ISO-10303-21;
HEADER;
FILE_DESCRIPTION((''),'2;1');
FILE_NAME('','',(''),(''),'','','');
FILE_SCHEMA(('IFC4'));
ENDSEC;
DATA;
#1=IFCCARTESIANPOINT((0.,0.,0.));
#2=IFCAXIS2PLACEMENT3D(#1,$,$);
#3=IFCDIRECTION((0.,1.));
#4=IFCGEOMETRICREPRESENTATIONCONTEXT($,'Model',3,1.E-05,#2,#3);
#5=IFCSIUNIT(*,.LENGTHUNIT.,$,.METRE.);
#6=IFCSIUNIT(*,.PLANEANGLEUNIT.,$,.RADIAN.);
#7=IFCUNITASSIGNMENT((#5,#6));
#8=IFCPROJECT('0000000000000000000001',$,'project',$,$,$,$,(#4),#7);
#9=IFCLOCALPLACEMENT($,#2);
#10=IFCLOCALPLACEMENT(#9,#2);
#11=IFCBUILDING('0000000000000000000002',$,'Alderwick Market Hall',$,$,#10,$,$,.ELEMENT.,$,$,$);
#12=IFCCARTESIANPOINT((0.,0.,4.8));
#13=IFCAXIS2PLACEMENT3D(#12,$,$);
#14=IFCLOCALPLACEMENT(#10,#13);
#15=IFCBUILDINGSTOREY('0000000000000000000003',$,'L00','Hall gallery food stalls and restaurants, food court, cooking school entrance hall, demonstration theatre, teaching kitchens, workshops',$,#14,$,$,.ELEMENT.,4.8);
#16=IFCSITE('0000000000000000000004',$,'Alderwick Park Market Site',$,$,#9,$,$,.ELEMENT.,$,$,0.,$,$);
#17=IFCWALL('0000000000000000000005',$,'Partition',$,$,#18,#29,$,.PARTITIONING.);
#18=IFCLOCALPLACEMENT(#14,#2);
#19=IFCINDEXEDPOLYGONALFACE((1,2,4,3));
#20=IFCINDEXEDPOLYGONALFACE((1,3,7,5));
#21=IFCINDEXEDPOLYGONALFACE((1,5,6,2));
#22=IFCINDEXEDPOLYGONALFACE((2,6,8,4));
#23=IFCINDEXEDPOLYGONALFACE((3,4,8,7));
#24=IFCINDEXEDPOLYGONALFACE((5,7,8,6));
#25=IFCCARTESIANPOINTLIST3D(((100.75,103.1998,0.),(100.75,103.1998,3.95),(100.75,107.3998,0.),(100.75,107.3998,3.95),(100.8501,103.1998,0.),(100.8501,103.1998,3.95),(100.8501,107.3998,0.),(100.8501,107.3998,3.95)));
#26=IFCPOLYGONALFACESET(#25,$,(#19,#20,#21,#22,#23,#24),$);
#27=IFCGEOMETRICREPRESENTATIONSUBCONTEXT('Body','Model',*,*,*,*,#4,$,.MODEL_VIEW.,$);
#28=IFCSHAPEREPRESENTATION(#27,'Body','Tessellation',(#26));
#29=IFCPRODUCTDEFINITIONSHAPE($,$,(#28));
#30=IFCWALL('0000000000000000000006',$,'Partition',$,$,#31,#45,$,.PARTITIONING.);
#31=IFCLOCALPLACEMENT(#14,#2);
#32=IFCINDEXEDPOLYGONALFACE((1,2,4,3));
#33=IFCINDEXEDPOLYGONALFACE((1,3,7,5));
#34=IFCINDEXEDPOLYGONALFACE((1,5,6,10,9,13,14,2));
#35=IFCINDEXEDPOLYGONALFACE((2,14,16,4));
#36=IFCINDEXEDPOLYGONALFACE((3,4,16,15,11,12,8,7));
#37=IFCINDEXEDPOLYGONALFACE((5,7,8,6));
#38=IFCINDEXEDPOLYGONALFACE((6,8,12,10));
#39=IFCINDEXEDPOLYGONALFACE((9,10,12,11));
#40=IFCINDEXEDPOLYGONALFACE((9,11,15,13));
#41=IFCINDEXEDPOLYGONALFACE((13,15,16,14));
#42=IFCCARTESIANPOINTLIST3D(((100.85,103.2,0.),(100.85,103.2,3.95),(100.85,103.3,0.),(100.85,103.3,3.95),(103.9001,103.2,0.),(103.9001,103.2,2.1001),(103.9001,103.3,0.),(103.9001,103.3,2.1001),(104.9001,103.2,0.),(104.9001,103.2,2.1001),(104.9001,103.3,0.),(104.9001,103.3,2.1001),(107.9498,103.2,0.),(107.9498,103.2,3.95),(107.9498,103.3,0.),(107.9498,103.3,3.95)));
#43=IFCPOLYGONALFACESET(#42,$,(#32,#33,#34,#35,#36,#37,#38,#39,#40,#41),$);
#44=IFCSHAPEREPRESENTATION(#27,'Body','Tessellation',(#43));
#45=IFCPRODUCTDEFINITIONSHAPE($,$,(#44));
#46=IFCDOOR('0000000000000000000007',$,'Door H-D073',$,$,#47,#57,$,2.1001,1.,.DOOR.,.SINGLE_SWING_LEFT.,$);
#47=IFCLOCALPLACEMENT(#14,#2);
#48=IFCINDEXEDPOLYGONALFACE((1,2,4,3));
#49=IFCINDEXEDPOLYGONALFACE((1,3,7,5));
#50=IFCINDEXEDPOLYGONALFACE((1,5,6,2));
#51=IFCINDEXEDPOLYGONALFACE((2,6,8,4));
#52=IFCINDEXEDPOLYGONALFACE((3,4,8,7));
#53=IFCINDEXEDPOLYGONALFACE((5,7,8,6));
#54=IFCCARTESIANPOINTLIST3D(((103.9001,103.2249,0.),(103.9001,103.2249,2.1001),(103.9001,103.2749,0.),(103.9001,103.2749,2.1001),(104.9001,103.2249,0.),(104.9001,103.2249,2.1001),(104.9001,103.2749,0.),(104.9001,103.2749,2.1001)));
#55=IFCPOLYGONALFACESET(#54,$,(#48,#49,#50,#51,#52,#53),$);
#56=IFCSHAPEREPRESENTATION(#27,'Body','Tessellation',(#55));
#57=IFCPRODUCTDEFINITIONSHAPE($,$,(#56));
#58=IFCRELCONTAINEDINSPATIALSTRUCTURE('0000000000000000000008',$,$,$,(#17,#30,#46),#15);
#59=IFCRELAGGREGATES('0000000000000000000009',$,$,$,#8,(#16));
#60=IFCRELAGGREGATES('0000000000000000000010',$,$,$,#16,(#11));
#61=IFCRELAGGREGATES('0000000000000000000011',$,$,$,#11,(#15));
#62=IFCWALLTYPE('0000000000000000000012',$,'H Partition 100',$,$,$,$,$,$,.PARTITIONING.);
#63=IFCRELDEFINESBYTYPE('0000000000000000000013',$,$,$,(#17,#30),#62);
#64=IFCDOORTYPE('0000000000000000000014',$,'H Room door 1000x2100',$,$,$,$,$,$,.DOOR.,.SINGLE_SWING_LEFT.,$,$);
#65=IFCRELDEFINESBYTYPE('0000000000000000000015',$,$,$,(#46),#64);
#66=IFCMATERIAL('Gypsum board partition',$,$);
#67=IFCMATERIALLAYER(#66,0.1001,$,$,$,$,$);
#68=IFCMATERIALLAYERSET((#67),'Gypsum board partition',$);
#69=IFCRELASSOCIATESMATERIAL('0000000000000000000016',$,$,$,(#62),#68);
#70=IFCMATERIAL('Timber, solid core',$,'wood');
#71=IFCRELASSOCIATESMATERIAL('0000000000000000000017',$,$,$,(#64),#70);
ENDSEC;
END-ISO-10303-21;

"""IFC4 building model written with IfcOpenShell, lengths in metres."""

from ifc_helpers import new_model, si_unit, direction, frame, frame_2d, origin, place, context, subcontext, project, spatial, rectangle, extrude, material, layer, layer_set, type_object, element, fill, save


model = new_model("IFC4")

# Units and contexts
model_context = context("Model", 3, precision=1e-05, world=origin(), true_north=direction((0.0, 1.0)))
body_context = subcontext(model_context, "Body", "Model", "MODEL_VIEW")
ifc_project = project(units=[si_unit("LENGTHUNIT", "METRE"), si_unit("PLANEANGLEUNIT", "RADIAN")], contexts=[model_context])

# Site, building, storey
site_placement = place(None, origin())
site = spatial("IfcSite", under=ifc_project, at=site_placement, Name="Alderwick Park Market Site", CompositionType="ELEMENT", RefElevation=0.0)
building_placement = place(site_placement, origin())
building = spatial("IfcBuilding", under=site, at=building_placement, Name="Alderwick Market Hall", CompositionType="ELEMENT")
storey_placement = place(building_placement, frame((0.0, 0.0, 4.8)))
storey = spatial("IfcBuildingStorey", under=building, at=storey_placement, Name="L00", Description="Hall gallery food stalls and restaurants, food court, cooking school entrance hall, demonstration theatre, teaching kitchens, workshops", CompositionType="ELEMENT", Elevation=4.8)

# Wall
ifc_material_1 = material(Name="Gypsum board partition")
ifc_layer_1 = layer(ifc_material_1, 0.1001)
ifc_layer_set_1 = layer_set([ifc_layer_1], Name="Gypsum board partition")
wall_type_1 = type_object("IfcWallType", Name="H Partition 100", PredefinedType="PARTITIONING", material=ifc_layer_set_1)
wall_1_placement = place(storey_placement, frame((100.8, 107.3999, 0.0), z_axis=(0.0, 0.0, 1.0), x_axis=(0.0, -1.0, 0.0)))
element("IfcWall", 1, at=wall_1_placement, inside=storey, type_object=wall_type_1, Name="Partition", PredefinedType="PARTITIONING", context=body_context, shape_type="SweptSolid", body=[
    extrude(rectangle(XDim=4.2, YDim=0.1001, at=frame_2d((2.1001, 0.0))), origin(), (0.0, 0.0, 1.0), 3.95),
])

# Wall, opening, door
wall_2_placement = place(storey_placement, frame((100.8501, 103.25, 0.0), z_axis=(0.0, 0.0, 1.0), x_axis=(1.0, 0.0, 0.0)))
wall_2 = element("IfcWall", 2, at=wall_2_placement, inside=storey, type_object=wall_type_1, Name="Partition", PredefinedType="PARTITIONING", context=body_context, shape_type="SweptSolid", body=[
    extrude(rectangle(XDim=7.0999, YDim=0.1001, at=frame_2d((3.5498, 0.0))), origin(), (0.0, 0.0, 1.0), 3.95),
])
opening_1_placement = place(wall_2_placement, frame((3.05, 0.0, 0.0)))
opening_1 = element("IfcOpeningElement", 3, at=opening_1_placement, cuts=wall_2, PredefinedType="OPENING", context=body_context, shape_type="SweptSolid", body=[
    extrude(rectangle(XDim=1.0, YDim=2.1001, at=frame_2d((0.5, 1.05))), frame((0.0, 0.0601, 0.0), z_axis=(0.0, -1.0, 0.0), x_axis=(1.0, 0.0, 0.0)), (0.0, 0.0, 1.0), 0.1201),
])
ifc_material_2 = material(Name="Timber, solid core", Category="wood")
door_type = type_object("IfcDoorType", Name="H Room door 1000x2100", OperationType="SINGLE_SWING_LEFT", PredefinedType="DOOR", material=ifc_material_2)
door_placement = place(opening_1_placement, origin())
door = element("IfcDoor", 4, at=door_placement, inside=storey, type_object=door_type, Name="Door H-D073", OperationType="SINGLE_SWING_LEFT", OverallHeight=2.1001, OverallWidth=1.0, PredefinedType="DOOR", context=body_context, shape_type="SweptSolid", body=[
    extrude(rectangle(XDim=1.0, YDim=2.1001, at=frame_2d((0.5, 1.05))), frame((0.0, 0.0249, 0.0), z_axis=(0.0, -1.0, 0.0), x_axis=(1.0, 0.0, 0.0)), (0.0, 0.0, 1.0), 0.05),
])
fill(opening_1, door)

save(model, "model.ifc")
